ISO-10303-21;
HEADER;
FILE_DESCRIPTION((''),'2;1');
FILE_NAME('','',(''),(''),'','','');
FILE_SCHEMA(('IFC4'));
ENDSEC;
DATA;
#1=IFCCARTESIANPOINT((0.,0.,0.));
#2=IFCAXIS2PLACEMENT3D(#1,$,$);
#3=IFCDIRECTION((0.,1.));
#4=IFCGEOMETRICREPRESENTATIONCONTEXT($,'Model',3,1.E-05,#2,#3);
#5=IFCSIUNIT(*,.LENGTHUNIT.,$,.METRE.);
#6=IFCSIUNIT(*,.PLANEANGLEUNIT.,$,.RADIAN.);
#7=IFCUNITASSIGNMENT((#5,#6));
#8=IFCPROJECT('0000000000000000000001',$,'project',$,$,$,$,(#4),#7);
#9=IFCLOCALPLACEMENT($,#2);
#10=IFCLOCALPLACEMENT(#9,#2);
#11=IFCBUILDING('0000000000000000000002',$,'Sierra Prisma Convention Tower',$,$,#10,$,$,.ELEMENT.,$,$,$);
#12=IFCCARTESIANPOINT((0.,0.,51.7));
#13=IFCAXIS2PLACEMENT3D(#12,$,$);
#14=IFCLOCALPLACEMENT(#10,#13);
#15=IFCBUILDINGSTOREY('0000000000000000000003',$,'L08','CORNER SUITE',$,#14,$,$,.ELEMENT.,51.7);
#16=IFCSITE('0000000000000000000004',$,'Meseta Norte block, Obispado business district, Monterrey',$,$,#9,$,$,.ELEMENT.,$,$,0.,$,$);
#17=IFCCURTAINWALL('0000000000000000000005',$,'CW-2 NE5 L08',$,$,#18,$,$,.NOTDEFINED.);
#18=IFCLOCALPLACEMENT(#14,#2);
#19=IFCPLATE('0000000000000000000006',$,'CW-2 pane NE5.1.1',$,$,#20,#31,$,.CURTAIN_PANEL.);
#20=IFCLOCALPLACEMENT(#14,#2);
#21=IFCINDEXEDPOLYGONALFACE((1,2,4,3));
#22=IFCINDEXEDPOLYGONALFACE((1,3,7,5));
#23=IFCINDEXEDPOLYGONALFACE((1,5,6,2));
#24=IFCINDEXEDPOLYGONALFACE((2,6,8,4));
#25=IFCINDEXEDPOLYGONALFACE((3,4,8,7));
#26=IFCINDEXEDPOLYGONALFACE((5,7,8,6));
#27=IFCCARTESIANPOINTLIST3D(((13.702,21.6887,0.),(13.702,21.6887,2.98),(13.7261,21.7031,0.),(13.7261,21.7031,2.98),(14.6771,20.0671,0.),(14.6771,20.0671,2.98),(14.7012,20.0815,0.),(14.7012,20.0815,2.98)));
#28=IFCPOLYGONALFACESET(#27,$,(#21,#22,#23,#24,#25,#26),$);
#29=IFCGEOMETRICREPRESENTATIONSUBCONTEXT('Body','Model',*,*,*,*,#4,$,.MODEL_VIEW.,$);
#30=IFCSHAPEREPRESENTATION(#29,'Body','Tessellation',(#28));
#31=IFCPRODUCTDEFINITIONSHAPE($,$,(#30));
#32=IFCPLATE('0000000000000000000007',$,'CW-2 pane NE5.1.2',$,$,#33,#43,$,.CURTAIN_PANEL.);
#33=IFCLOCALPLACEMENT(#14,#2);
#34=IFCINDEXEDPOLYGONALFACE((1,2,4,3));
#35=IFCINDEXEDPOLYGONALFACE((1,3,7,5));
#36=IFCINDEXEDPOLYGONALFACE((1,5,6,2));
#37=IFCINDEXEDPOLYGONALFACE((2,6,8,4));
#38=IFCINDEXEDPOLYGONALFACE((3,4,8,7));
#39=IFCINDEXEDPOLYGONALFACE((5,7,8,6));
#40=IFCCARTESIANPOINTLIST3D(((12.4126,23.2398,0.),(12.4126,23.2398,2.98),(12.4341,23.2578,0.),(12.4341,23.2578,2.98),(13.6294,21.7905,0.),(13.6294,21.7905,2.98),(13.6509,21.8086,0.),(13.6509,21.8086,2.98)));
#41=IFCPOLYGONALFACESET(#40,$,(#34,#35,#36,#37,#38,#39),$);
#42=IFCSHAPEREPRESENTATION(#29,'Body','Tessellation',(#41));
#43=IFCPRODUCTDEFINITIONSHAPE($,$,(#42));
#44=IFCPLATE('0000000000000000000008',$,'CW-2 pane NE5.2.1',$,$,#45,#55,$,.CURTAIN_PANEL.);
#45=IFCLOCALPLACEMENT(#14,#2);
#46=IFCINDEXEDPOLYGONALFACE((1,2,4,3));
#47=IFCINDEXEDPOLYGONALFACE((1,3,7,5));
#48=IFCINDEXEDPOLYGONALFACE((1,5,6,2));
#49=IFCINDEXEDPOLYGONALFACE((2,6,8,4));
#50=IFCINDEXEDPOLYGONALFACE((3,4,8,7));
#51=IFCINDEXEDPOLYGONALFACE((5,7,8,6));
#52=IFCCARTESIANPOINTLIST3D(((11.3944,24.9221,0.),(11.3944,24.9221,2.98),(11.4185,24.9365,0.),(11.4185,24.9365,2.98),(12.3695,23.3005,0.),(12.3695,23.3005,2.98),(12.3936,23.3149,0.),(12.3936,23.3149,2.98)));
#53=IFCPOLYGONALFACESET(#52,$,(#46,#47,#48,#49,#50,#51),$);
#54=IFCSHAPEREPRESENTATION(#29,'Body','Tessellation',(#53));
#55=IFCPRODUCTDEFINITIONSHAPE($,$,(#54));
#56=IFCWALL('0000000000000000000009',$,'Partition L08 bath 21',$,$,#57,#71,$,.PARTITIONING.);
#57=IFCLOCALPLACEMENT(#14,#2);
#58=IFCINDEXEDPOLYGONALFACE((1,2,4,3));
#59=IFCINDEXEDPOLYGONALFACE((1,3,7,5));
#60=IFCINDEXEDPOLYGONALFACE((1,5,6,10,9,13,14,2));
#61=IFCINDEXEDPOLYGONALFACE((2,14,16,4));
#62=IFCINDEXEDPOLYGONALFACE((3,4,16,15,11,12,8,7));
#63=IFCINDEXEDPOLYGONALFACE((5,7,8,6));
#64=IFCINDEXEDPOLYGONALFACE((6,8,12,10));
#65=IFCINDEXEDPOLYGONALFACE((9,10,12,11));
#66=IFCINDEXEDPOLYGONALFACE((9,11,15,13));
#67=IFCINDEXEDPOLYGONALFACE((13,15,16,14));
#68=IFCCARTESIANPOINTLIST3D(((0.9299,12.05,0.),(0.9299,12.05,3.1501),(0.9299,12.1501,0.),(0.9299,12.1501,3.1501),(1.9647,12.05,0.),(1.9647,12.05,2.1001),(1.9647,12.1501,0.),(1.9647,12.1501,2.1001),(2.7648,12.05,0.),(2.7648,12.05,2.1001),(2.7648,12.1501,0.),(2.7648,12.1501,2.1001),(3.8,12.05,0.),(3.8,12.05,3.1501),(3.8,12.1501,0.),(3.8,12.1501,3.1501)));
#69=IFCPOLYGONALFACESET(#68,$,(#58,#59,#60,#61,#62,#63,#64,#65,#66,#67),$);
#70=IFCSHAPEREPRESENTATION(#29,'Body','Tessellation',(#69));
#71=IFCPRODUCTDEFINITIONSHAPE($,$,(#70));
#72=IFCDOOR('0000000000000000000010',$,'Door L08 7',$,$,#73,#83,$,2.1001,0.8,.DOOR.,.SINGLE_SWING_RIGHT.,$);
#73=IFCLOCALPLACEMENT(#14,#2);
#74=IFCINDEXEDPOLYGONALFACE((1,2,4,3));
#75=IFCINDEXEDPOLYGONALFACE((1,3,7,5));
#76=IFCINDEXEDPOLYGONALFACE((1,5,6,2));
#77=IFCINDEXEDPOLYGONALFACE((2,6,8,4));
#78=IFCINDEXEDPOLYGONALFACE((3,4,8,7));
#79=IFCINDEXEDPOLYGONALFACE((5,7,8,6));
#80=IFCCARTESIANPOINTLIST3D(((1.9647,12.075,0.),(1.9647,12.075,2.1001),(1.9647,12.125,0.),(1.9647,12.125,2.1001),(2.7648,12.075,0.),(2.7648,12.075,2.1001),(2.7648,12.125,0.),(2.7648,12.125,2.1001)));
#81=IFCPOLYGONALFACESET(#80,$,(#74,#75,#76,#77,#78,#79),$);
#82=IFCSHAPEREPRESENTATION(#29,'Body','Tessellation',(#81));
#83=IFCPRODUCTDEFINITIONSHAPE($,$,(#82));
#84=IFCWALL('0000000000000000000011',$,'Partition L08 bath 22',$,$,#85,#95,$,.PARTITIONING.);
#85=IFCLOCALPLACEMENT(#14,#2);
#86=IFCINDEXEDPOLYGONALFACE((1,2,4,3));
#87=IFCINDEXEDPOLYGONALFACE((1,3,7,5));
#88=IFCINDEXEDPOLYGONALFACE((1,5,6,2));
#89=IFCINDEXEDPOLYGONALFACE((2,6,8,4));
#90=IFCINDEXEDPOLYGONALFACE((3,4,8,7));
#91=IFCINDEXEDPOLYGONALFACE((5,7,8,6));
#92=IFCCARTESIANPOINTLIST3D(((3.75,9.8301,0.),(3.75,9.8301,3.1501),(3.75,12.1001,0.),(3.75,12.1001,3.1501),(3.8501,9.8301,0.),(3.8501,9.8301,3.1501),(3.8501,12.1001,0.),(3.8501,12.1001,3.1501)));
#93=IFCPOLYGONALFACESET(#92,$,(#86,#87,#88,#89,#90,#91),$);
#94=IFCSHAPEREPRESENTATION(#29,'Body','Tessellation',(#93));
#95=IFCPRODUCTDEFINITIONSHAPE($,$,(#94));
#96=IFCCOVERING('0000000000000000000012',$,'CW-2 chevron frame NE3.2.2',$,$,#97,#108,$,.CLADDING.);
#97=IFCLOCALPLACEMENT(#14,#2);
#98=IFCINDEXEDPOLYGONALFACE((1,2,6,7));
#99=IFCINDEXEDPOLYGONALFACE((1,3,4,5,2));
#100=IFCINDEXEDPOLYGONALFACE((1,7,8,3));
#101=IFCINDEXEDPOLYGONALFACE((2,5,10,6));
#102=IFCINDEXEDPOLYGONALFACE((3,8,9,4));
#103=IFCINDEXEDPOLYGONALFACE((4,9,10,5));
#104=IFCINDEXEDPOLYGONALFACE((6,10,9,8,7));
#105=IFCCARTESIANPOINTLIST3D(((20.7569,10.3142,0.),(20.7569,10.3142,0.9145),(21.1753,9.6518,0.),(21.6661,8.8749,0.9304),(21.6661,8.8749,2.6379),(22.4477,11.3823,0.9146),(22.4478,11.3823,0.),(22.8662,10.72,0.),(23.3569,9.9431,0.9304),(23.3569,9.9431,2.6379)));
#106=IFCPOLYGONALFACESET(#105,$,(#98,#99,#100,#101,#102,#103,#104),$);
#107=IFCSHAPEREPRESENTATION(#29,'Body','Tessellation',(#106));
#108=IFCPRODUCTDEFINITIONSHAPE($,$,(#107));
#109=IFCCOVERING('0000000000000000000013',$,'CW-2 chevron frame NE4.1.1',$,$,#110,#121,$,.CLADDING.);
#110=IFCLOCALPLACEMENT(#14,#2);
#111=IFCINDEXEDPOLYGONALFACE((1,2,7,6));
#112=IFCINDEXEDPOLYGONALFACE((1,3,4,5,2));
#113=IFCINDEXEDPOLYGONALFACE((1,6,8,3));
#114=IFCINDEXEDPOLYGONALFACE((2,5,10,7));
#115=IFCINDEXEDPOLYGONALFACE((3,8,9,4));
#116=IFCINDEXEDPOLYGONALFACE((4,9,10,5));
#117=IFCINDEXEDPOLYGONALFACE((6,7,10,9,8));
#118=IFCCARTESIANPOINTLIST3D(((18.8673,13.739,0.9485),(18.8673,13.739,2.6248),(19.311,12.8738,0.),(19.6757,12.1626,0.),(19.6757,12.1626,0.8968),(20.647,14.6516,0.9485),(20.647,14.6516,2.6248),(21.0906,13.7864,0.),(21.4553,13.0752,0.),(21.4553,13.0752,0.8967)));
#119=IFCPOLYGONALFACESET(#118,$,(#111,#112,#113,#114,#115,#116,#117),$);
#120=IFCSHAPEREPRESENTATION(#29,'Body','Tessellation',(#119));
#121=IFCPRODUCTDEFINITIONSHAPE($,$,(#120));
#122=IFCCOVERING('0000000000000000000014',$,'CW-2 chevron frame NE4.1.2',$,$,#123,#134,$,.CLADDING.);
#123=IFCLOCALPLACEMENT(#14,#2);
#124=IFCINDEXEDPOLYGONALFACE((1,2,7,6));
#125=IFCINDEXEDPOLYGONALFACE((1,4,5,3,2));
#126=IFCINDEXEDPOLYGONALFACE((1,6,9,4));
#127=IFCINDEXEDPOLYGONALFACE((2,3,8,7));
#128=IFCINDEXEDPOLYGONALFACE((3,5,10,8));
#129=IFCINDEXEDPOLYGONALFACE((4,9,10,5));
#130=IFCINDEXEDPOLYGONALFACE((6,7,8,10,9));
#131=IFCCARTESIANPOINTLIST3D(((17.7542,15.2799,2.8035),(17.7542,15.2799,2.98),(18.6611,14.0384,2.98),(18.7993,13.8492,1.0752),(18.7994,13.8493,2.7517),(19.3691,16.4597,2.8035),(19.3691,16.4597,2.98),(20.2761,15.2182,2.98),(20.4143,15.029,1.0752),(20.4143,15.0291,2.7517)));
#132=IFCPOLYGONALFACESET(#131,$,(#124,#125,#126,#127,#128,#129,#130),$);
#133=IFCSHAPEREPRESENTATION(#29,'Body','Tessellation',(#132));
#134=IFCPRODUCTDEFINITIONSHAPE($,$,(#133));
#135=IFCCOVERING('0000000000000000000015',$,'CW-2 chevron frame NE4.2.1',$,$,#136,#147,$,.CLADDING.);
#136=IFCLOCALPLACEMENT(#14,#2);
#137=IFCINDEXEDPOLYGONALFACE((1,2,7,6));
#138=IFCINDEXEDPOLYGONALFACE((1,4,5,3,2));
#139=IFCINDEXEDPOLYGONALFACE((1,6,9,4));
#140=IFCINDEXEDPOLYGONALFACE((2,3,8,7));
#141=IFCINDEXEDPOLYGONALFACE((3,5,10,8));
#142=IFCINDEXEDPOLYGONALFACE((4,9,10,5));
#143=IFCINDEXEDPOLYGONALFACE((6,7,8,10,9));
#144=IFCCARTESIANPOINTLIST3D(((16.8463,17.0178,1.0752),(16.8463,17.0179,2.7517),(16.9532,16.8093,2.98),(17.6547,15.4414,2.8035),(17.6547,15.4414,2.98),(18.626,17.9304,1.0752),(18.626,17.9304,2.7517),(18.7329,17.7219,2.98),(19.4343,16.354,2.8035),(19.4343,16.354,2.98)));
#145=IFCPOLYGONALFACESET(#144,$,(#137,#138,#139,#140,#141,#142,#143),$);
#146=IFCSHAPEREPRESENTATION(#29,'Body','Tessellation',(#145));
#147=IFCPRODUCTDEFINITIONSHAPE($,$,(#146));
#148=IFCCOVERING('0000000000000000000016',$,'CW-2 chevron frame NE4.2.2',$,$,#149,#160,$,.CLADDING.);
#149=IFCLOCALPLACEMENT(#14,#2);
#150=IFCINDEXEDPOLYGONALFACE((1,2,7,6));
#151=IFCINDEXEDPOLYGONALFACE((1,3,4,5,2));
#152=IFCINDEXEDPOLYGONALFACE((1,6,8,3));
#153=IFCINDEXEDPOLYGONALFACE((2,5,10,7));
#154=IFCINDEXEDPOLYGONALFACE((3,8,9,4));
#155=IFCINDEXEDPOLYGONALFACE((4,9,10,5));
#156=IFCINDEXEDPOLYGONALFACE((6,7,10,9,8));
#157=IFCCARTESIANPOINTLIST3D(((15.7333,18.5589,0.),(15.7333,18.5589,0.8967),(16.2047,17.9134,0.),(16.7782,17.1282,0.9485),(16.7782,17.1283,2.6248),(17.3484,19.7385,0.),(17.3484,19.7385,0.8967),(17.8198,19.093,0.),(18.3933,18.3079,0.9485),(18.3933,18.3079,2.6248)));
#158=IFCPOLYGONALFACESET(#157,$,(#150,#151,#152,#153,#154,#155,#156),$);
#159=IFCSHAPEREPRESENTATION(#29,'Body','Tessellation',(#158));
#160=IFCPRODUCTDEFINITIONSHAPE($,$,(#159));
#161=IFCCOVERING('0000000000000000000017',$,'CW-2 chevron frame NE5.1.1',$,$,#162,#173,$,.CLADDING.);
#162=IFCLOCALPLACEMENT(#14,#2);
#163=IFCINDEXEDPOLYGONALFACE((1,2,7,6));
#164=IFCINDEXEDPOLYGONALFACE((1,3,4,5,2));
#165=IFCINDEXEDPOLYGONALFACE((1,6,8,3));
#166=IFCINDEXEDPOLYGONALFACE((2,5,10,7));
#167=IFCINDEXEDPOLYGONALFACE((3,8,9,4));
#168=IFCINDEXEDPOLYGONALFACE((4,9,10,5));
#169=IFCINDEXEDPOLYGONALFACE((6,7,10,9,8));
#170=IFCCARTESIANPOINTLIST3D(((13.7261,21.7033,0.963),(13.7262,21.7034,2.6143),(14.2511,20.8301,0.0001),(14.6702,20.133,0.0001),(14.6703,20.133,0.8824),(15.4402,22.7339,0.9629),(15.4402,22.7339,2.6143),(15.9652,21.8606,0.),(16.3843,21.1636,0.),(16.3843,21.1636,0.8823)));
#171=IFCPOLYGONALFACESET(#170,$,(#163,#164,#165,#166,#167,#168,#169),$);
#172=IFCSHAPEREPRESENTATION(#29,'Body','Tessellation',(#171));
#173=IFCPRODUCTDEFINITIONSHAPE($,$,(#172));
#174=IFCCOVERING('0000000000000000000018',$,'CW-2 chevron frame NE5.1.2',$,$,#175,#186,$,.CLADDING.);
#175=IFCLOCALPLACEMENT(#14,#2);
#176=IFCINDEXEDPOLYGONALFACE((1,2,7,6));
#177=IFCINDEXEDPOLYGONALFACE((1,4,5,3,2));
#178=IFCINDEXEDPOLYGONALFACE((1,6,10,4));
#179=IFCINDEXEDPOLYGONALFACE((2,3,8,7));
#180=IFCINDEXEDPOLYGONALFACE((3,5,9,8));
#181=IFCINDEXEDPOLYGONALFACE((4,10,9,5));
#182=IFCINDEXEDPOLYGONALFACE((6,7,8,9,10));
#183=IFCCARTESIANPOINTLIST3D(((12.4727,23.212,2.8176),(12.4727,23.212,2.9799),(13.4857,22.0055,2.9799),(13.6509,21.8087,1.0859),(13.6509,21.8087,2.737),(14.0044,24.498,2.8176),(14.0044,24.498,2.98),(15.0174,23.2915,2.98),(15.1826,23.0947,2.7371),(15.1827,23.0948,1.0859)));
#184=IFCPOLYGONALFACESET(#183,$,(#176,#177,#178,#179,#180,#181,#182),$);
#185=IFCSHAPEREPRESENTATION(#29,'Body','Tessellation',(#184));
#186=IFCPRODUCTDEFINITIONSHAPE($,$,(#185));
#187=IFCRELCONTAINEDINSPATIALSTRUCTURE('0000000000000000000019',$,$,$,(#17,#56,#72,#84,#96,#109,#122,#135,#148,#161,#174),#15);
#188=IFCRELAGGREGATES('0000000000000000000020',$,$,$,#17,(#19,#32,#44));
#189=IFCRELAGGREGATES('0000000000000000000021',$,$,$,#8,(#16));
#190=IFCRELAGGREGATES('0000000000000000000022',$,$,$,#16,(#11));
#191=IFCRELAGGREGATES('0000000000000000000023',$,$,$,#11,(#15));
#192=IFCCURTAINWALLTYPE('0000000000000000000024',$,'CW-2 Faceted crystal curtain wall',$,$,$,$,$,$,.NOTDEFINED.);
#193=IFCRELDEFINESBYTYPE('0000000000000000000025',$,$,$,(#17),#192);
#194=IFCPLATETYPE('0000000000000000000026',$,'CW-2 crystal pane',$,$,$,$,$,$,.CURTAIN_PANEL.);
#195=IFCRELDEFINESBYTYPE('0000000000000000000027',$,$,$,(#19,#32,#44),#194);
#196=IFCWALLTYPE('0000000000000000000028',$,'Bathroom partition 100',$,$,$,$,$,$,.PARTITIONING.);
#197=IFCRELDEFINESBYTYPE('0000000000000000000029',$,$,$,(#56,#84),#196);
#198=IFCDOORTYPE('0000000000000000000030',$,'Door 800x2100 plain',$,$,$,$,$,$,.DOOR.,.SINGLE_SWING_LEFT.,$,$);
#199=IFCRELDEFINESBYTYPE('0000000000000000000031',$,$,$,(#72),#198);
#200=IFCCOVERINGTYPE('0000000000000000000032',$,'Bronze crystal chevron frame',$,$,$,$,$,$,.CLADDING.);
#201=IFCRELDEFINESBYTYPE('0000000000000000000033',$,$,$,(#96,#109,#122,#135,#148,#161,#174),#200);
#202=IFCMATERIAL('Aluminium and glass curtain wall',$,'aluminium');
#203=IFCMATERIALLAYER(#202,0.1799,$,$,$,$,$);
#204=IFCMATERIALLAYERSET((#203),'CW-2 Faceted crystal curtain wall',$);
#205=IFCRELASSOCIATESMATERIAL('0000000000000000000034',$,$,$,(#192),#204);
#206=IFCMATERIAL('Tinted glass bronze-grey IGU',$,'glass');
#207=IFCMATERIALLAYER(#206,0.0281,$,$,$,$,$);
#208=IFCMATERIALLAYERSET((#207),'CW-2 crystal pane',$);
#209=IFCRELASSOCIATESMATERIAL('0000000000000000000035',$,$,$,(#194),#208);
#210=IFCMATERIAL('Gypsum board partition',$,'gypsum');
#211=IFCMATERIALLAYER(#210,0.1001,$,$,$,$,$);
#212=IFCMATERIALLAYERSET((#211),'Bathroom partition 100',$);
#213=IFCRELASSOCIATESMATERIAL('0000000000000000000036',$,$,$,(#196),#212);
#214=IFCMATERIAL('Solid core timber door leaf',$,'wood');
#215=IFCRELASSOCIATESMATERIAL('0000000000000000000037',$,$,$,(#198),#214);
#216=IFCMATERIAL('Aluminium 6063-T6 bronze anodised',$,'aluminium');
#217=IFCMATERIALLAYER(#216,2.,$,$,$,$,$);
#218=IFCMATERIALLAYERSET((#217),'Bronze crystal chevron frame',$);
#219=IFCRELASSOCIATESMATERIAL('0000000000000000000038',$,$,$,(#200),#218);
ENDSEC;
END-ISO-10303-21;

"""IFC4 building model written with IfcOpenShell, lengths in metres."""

from ifc_helpers import new_model, si_unit, direction, frame, frame_2d, origin, place, context, subcontext, project, spatial, polyline, rectangle, outline, extrude, material, layer, layer_set, type_object, element, fill, aggregate, save


model = new_model("IFC4")

# Units and contexts
model_context = context("Model", 3, precision=1e-05, world=origin(), true_north=direction((0.0, 1.0)))
body_context = subcontext(model_context, "Body", "Model", "MODEL_VIEW")
ifc_project = project(units=[si_unit("LENGTHUNIT", "METRE"), si_unit("PLANEANGLEUNIT", "RADIAN")], contexts=[model_context])

# Site, building, storey
site_placement = place(None, origin())
site = spatial("IfcSite", under=ifc_project, at=site_placement, Name="Meseta Norte block, Obispado business district, Monterrey", CompositionType="ELEMENT", RefElevation=0.0)
building_placement = place(site_placement, origin())
building = spatial("IfcBuilding", under=site, at=building_placement, Name="Sierra Prisma Convention Tower", CompositionType="ELEMENT")
storey_placement = place(building_placement, frame((0.0, 0.0, 51.7)))
storey = spatial("IfcBuildingStorey", under=building, at=storey_placement, Name="L08", Description="CORNER SUITE", CompositionType="ELEMENT", Elevation=51.7)

# Curtain wall
ifc_material_1 = material(Name="Aluminium and glass curtain wall", Category="aluminium")
ifc_layer_1 = layer(ifc_material_1, 0.1799)
ifc_layer_set_1 = layer_set([ifc_layer_1], Name="CW-2 Faceted crystal curtain wall")
curtain_wall_type = type_object("IfcCurtainWallType", Name="CW-2 Faceted crystal curtain wall", PredefinedType="NOTDEFINED", material=ifc_layer_set_1)
curtain_wall_1_placement = place(storey_placement, origin())
curtain_wall_1 = element("IfcCurtainWall", 1, at=curtain_wall_1_placement, inside=storey, type_object=curtain_wall_type, Name="CW-2 NE5 L08", PredefinedType="NOTDEFINED")

# Plates
ifc_material_2 = material(Name="Tinted glass bronze-grey IGU", Category="glass")
ifc_layer_2 = layer(ifc_material_2, 0.0281)
ifc_layer_set_2 = layer_set([ifc_layer_2], Name="CW-2 crystal pane")
plate_type = type_object("IfcPlateType", Name="CW-2 crystal pane", PredefinedType="CURTAIN_PANEL", material=ifc_layer_set_2)
plate_1_placement = place(storey_placement, frame((14.7012, 20.0815, 0.0), z_axis=(0.856992, 0.51533, 0.0), x_axis=(-0.51533, 0.856992, 0.0)))
plate_1 = element("IfcPlate", 2, at=plate_1_placement, type_object=plate_type, Name="CW-2 pane NE5.1.1", PredefinedType="CURTAIN_PANEL", context=body_context, shape_type="SweptSolid", body=[
    extrude(outline(polyline([(0.0, 0.0), (1.8922, 0.0), (1.8922, 2.98), (0.0, 2.98), (0.0, 0.0)])), origin(), (0.0, 0.0, -1.0), 0.0281),
])
plate_2_placement = place(storey_placement, frame((12.4341, 23.2578, 0.0), z_axis=(0.765847, 0.643023, 0.0), x_axis=(0.643023, -0.765847, 0.0)))
plate_2 = element("IfcPlate", 3, at=plate_2_placement, type_object=plate_type, Name="CW-2 pane NE5.1.2", PredefinedType="CURTAIN_PANEL", context=body_context, shape_type="SweptSolid", body=[
    extrude(outline(polyline([(0.0, 0.0), (1.8923, 0.0), (1.8923, -2.98), (0.0, -2.98), (0.0, 0.0)])), origin(), (0.0, 0.0, -1.0), 0.0281),
])
plate_3_placement = place(storey_placement, frame((12.3936, 23.3149, 0.0), z_axis=(0.856992, 0.51533, 0.0), x_axis=(-0.51533, 0.856992, 0.0)))
plate_3 = element("IfcPlate", 4, at=plate_3_placement, type_object=plate_type, Name="CW-2 pane NE5.2.1", PredefinedType="CURTAIN_PANEL", context=body_context, shape_type="SweptSolid", body=[
    extrude(outline(polyline([(0.0, 0.0), (1.8922, 0.0), (1.8922, 2.98), (0.0, 2.98), (0.0, 0.0)])), origin(), (0.0, 0.0, -1.0), 0.0281),
])
aggregate(curtain_wall_1, [plate_1, plate_2, plate_3])

# Wall, opening, door
ifc_material_3 = material(Name="Gypsum board partition", Category="gypsum")
ifc_layer_3 = layer(ifc_material_3, 0.1001)
ifc_layer_set_3 = layer_set([ifc_layer_3], Name="Bathroom partition 100")
wall_type = type_object("IfcWallType", Name="Bathroom partition 100", PredefinedType="PARTITIONING", material=ifc_layer_set_3)
wall_1_placement = place(storey_placement, frame((0.9299, 12.1001, 0.0), z_axis=(0.0, 0.0, 1.0), x_axis=(1.0, 0.0, 0.0)))
wall_1 = element("IfcWall", 5, at=wall_1_placement, inside=storey, type_object=wall_type, Name="Partition L08 bath 21", PredefinedType="PARTITIONING", context=body_context, shape_type="SweptSolid", body=[
    extrude(rectangle(XDim=2.8701, YDim=0.1001, at=frame_2d((1.4351, 0.0))), origin(), (0.0, 0.0, 1.0), 3.1501),
])
opening_placement = place(wall_1_placement, frame((1.0349, 0.0, 0.0)))
opening = element("IfcOpeningElement", 6, at=opening_placement, cuts=wall_1, PredefinedType="OPENING", context=body_context, shape_type="SweptSolid", body=[
    extrude(rectangle(XDim=0.8, YDim=2.1001, at=frame_2d((0.3999, 1.05))), frame((0.0, 0.05, 0.0), z_axis=(0.0, -1.0, 0.0), x_axis=(1.0, 0.0, 0.0)), (0.0, 0.0, 1.0), 0.1001),
])
ifc_material_4 = material(Name="Solid core timber door leaf", Category="wood")
door_type = type_object("IfcDoorType", Name="Door 800x2100 plain", OperationType="SINGLE_SWING_LEFT", PredefinedType="DOOR", material=ifc_material_4)
door_placement = place(opening_placement, origin())
door = element("IfcDoor", 7, at=door_placement, inside=storey, type_object=door_type, Name="Door L08 7", OperationType="SINGLE_SWING_RIGHT", OverallHeight=2.1001, OverallWidth=0.8, PredefinedType="DOOR", context=body_context, shape_type="SweptSolid", body=[
    extrude(rectangle(XDim=0.8, YDim=2.1001, at=frame_2d((0.3999, 1.05))), frame((0.0, 0.0249, 0.0), z_axis=(0.0, -1.0, 0.0), x_axis=(1.0, 0.0, 0.0)), (0.0, 0.0, 1.0), 0.05),
])
fill(opening, door)

# Wall
wall_2_placement = place(storey_placement, frame((3.8, 12.1001, 0.0), z_axis=(0.0, 0.0, 1.0), x_axis=(0.0, -1.0, 0.0)))
element("IfcWall", 8, at=wall_2_placement, inside=storey, type_object=wall_type, Name="Partition L08 bath 22", PredefinedType="PARTITIONING", context=body_context, shape_type="SweptSolid", body=[
    extrude(rectangle(XDim=2.27, YDim=0.1001, at=frame_2d((1.135, 0.0))), origin(), (0.0, 0.0, 1.0), 3.1501),
])

# Coverings
ifc_material_5 = material(Name="Aluminium 6063-T6 bronze anodised", Category="aluminium")
ifc_layer_4 = layer(ifc_material_5, 2.0)
ifc_layer_set_4 = layer_set([ifc_layer_4], Name="Bronze crystal chevron frame")
covering_type = type_object("IfcCoveringType", Name="Bronze crystal chevron frame", PredefinedType="CLADDING", material=ifc_layer_set_4)
covering_1_placement = place(storey_placement, frame((22.4478, 11.3823, 0.0), z_axis=(0.845432, 0.534084, 0.000009), x_axis=(-0.000008, -0.000005, 1.0)))
element("IfcCovering", 9, at=covering_1_placement, inside=storey, type_object=covering_type, Name="CW-2 chevron frame NE3.2.2", PredefinedType="CLADDING", context=body_context, shape_type="SweptSolid", body=[
    extrude(outline(polyline([(0.0, 0.0), (0.9146, 0.0), (2.6379, 1.7023), (0.9304, 1.7023), (0.0, 0.7835), (0.0, 0.0)])), origin(), (0.0, 0.0, -1.0), 2.0),
])
covering_2_placement = place(storey_placement, frame((21.4553, 13.0752, 0.0), z_axis=(0.889828, 0.456296, -0.00002), x_axis=(-0.456296, 0.889828, 0.0)))
element("IfcCovering", 10, at=covering_2_placement, inside=storey, type_object=covering_type, Name="CW-2 chevron frame NE4.1.1", PredefinedType="CLADDING", context=body_context, shape_type="SweptSolid", body=[
    extrude(outline(polyline([(0.0, 0.0), (0.7993, 0.0), (1.7716, 0.9485), (1.7716, 2.6248), (0.0, 0.8967), (0.0, 0.0)])), origin(), (0.0, 0.0, -1.0), 2.0),
])
covering_3_placement = place(storey_placement, frame((20.4143, 15.0291, 2.7517), z_axis=(0.807476, 0.589901, -0.000017), x_axis=(-0.000013, -0.00001, -1.0)))
element("IfcCovering", 11, at=covering_3_placement, inside=storey, type_object=covering_type, Name="CW-2 chevron frame NE4.1.2", PredefinedType="CLADDING", context=body_context, shape_type="SweptSolid", body=[
    extrude(outline(polyline([(0.0, 0.0), (1.6765, 0.0), (-0.0518, 1.7718), (-0.2283, 1.7718), (-0.2283, 0.2343), (0.0, 0.0)])), origin(), (0.0, 0.0, -1.0), 2.0),
])
covering_4_placement = place(storey_placement, frame((19.4343, 16.354, 2.98), z_axis=(0.889834, 0.456285, -0.000009), x_axis=(-0.000008, -0.000004, -1.0)))
element("IfcCovering", 12, at=covering_4_placement, inside=storey, type_object=covering_type, Name="CW-2 chevron frame NE4.2.1", PredefinedType="CLADDING", context=body_context, shape_type="SweptSolid", body=[
    extrude(outline(polyline([(0.0, 0.0), (0.1765, 0.0), (1.9048, 1.7716), (0.2283, 1.7716), (0.0, 1.5373), (0.0, 0.0)])), origin(), (0.0, 0.0, -1.0), 2.0),
])
covering_5_placement = place(storey_placement, frame((17.3484, 19.7385, 0.0), z_axis=(0.807545, 0.589806, -0.000007), x_axis=(0.000006, 0.000004, 1.0)))
element("IfcCovering", 13, at=covering_5_placement, inside=storey, type_object=covering_type, Name="CW-2 chevron frame NE4.2.2", PredefinedType="CLADDING", context=body_context, shape_type="SweptSolid", body=[
    extrude(outline(polyline([(0.0, 0.0), (0.8967, 0.0), (2.6248, 1.7716), (0.9485, 1.7716), (0.0, 0.7993), (0.0, 0.0)])), origin(), (0.0, 0.0, -1.0), 2.0),
])
covering_6_placement = place(storey_placement, frame((16.3843, 21.1636, 0.0), z_axis=(0.857024, 0.515277, -0.000038), x_axis=(-0.515277, 0.857024, 0.0)))
element("IfcCovering", 14, at=covering_6_placement, inside=storey, type_object=covering_type, Name="CW-2 chevron frame NE5.1.1", PredefinedType="CLADDING", context=body_context, shape_type="SweptSolid", body=[
    extrude(outline(polyline([(0.0, 0.0), (0.8134, 0.0), (1.8323, 0.9629), (1.8323, 2.6143), (0.0, 0.8823), (0.0, 0.0)])), origin(), (0.0, 0.0, -1.0), 2.0),
])
covering_7_placement = place(storey_placement, frame((15.1826, 23.0947, 2.7371), z_axis=(0.765859, 0.643008, 0.000026), x_axis=(0.00002, 0.000017, -1.0)))
element("IfcCovering", 15, at=covering_7_placement, inside=storey, type_object=covering_type, Name="CW-2 chevron frame NE5.1.2", PredefinedType="CLADDING", context=body_context, shape_type="SweptSolid", body=[
    extrude(outline(polyline([(0.0, 0.0), (1.6511, 0.0), (-0.0806, 1.8324), (-0.2429, 1.8324), (-0.2429, 0.257), (0.0, 0.0)])), origin(), (0.0, 0.0, -1.0), 2.0),
])

save(model, "model.ifc")
